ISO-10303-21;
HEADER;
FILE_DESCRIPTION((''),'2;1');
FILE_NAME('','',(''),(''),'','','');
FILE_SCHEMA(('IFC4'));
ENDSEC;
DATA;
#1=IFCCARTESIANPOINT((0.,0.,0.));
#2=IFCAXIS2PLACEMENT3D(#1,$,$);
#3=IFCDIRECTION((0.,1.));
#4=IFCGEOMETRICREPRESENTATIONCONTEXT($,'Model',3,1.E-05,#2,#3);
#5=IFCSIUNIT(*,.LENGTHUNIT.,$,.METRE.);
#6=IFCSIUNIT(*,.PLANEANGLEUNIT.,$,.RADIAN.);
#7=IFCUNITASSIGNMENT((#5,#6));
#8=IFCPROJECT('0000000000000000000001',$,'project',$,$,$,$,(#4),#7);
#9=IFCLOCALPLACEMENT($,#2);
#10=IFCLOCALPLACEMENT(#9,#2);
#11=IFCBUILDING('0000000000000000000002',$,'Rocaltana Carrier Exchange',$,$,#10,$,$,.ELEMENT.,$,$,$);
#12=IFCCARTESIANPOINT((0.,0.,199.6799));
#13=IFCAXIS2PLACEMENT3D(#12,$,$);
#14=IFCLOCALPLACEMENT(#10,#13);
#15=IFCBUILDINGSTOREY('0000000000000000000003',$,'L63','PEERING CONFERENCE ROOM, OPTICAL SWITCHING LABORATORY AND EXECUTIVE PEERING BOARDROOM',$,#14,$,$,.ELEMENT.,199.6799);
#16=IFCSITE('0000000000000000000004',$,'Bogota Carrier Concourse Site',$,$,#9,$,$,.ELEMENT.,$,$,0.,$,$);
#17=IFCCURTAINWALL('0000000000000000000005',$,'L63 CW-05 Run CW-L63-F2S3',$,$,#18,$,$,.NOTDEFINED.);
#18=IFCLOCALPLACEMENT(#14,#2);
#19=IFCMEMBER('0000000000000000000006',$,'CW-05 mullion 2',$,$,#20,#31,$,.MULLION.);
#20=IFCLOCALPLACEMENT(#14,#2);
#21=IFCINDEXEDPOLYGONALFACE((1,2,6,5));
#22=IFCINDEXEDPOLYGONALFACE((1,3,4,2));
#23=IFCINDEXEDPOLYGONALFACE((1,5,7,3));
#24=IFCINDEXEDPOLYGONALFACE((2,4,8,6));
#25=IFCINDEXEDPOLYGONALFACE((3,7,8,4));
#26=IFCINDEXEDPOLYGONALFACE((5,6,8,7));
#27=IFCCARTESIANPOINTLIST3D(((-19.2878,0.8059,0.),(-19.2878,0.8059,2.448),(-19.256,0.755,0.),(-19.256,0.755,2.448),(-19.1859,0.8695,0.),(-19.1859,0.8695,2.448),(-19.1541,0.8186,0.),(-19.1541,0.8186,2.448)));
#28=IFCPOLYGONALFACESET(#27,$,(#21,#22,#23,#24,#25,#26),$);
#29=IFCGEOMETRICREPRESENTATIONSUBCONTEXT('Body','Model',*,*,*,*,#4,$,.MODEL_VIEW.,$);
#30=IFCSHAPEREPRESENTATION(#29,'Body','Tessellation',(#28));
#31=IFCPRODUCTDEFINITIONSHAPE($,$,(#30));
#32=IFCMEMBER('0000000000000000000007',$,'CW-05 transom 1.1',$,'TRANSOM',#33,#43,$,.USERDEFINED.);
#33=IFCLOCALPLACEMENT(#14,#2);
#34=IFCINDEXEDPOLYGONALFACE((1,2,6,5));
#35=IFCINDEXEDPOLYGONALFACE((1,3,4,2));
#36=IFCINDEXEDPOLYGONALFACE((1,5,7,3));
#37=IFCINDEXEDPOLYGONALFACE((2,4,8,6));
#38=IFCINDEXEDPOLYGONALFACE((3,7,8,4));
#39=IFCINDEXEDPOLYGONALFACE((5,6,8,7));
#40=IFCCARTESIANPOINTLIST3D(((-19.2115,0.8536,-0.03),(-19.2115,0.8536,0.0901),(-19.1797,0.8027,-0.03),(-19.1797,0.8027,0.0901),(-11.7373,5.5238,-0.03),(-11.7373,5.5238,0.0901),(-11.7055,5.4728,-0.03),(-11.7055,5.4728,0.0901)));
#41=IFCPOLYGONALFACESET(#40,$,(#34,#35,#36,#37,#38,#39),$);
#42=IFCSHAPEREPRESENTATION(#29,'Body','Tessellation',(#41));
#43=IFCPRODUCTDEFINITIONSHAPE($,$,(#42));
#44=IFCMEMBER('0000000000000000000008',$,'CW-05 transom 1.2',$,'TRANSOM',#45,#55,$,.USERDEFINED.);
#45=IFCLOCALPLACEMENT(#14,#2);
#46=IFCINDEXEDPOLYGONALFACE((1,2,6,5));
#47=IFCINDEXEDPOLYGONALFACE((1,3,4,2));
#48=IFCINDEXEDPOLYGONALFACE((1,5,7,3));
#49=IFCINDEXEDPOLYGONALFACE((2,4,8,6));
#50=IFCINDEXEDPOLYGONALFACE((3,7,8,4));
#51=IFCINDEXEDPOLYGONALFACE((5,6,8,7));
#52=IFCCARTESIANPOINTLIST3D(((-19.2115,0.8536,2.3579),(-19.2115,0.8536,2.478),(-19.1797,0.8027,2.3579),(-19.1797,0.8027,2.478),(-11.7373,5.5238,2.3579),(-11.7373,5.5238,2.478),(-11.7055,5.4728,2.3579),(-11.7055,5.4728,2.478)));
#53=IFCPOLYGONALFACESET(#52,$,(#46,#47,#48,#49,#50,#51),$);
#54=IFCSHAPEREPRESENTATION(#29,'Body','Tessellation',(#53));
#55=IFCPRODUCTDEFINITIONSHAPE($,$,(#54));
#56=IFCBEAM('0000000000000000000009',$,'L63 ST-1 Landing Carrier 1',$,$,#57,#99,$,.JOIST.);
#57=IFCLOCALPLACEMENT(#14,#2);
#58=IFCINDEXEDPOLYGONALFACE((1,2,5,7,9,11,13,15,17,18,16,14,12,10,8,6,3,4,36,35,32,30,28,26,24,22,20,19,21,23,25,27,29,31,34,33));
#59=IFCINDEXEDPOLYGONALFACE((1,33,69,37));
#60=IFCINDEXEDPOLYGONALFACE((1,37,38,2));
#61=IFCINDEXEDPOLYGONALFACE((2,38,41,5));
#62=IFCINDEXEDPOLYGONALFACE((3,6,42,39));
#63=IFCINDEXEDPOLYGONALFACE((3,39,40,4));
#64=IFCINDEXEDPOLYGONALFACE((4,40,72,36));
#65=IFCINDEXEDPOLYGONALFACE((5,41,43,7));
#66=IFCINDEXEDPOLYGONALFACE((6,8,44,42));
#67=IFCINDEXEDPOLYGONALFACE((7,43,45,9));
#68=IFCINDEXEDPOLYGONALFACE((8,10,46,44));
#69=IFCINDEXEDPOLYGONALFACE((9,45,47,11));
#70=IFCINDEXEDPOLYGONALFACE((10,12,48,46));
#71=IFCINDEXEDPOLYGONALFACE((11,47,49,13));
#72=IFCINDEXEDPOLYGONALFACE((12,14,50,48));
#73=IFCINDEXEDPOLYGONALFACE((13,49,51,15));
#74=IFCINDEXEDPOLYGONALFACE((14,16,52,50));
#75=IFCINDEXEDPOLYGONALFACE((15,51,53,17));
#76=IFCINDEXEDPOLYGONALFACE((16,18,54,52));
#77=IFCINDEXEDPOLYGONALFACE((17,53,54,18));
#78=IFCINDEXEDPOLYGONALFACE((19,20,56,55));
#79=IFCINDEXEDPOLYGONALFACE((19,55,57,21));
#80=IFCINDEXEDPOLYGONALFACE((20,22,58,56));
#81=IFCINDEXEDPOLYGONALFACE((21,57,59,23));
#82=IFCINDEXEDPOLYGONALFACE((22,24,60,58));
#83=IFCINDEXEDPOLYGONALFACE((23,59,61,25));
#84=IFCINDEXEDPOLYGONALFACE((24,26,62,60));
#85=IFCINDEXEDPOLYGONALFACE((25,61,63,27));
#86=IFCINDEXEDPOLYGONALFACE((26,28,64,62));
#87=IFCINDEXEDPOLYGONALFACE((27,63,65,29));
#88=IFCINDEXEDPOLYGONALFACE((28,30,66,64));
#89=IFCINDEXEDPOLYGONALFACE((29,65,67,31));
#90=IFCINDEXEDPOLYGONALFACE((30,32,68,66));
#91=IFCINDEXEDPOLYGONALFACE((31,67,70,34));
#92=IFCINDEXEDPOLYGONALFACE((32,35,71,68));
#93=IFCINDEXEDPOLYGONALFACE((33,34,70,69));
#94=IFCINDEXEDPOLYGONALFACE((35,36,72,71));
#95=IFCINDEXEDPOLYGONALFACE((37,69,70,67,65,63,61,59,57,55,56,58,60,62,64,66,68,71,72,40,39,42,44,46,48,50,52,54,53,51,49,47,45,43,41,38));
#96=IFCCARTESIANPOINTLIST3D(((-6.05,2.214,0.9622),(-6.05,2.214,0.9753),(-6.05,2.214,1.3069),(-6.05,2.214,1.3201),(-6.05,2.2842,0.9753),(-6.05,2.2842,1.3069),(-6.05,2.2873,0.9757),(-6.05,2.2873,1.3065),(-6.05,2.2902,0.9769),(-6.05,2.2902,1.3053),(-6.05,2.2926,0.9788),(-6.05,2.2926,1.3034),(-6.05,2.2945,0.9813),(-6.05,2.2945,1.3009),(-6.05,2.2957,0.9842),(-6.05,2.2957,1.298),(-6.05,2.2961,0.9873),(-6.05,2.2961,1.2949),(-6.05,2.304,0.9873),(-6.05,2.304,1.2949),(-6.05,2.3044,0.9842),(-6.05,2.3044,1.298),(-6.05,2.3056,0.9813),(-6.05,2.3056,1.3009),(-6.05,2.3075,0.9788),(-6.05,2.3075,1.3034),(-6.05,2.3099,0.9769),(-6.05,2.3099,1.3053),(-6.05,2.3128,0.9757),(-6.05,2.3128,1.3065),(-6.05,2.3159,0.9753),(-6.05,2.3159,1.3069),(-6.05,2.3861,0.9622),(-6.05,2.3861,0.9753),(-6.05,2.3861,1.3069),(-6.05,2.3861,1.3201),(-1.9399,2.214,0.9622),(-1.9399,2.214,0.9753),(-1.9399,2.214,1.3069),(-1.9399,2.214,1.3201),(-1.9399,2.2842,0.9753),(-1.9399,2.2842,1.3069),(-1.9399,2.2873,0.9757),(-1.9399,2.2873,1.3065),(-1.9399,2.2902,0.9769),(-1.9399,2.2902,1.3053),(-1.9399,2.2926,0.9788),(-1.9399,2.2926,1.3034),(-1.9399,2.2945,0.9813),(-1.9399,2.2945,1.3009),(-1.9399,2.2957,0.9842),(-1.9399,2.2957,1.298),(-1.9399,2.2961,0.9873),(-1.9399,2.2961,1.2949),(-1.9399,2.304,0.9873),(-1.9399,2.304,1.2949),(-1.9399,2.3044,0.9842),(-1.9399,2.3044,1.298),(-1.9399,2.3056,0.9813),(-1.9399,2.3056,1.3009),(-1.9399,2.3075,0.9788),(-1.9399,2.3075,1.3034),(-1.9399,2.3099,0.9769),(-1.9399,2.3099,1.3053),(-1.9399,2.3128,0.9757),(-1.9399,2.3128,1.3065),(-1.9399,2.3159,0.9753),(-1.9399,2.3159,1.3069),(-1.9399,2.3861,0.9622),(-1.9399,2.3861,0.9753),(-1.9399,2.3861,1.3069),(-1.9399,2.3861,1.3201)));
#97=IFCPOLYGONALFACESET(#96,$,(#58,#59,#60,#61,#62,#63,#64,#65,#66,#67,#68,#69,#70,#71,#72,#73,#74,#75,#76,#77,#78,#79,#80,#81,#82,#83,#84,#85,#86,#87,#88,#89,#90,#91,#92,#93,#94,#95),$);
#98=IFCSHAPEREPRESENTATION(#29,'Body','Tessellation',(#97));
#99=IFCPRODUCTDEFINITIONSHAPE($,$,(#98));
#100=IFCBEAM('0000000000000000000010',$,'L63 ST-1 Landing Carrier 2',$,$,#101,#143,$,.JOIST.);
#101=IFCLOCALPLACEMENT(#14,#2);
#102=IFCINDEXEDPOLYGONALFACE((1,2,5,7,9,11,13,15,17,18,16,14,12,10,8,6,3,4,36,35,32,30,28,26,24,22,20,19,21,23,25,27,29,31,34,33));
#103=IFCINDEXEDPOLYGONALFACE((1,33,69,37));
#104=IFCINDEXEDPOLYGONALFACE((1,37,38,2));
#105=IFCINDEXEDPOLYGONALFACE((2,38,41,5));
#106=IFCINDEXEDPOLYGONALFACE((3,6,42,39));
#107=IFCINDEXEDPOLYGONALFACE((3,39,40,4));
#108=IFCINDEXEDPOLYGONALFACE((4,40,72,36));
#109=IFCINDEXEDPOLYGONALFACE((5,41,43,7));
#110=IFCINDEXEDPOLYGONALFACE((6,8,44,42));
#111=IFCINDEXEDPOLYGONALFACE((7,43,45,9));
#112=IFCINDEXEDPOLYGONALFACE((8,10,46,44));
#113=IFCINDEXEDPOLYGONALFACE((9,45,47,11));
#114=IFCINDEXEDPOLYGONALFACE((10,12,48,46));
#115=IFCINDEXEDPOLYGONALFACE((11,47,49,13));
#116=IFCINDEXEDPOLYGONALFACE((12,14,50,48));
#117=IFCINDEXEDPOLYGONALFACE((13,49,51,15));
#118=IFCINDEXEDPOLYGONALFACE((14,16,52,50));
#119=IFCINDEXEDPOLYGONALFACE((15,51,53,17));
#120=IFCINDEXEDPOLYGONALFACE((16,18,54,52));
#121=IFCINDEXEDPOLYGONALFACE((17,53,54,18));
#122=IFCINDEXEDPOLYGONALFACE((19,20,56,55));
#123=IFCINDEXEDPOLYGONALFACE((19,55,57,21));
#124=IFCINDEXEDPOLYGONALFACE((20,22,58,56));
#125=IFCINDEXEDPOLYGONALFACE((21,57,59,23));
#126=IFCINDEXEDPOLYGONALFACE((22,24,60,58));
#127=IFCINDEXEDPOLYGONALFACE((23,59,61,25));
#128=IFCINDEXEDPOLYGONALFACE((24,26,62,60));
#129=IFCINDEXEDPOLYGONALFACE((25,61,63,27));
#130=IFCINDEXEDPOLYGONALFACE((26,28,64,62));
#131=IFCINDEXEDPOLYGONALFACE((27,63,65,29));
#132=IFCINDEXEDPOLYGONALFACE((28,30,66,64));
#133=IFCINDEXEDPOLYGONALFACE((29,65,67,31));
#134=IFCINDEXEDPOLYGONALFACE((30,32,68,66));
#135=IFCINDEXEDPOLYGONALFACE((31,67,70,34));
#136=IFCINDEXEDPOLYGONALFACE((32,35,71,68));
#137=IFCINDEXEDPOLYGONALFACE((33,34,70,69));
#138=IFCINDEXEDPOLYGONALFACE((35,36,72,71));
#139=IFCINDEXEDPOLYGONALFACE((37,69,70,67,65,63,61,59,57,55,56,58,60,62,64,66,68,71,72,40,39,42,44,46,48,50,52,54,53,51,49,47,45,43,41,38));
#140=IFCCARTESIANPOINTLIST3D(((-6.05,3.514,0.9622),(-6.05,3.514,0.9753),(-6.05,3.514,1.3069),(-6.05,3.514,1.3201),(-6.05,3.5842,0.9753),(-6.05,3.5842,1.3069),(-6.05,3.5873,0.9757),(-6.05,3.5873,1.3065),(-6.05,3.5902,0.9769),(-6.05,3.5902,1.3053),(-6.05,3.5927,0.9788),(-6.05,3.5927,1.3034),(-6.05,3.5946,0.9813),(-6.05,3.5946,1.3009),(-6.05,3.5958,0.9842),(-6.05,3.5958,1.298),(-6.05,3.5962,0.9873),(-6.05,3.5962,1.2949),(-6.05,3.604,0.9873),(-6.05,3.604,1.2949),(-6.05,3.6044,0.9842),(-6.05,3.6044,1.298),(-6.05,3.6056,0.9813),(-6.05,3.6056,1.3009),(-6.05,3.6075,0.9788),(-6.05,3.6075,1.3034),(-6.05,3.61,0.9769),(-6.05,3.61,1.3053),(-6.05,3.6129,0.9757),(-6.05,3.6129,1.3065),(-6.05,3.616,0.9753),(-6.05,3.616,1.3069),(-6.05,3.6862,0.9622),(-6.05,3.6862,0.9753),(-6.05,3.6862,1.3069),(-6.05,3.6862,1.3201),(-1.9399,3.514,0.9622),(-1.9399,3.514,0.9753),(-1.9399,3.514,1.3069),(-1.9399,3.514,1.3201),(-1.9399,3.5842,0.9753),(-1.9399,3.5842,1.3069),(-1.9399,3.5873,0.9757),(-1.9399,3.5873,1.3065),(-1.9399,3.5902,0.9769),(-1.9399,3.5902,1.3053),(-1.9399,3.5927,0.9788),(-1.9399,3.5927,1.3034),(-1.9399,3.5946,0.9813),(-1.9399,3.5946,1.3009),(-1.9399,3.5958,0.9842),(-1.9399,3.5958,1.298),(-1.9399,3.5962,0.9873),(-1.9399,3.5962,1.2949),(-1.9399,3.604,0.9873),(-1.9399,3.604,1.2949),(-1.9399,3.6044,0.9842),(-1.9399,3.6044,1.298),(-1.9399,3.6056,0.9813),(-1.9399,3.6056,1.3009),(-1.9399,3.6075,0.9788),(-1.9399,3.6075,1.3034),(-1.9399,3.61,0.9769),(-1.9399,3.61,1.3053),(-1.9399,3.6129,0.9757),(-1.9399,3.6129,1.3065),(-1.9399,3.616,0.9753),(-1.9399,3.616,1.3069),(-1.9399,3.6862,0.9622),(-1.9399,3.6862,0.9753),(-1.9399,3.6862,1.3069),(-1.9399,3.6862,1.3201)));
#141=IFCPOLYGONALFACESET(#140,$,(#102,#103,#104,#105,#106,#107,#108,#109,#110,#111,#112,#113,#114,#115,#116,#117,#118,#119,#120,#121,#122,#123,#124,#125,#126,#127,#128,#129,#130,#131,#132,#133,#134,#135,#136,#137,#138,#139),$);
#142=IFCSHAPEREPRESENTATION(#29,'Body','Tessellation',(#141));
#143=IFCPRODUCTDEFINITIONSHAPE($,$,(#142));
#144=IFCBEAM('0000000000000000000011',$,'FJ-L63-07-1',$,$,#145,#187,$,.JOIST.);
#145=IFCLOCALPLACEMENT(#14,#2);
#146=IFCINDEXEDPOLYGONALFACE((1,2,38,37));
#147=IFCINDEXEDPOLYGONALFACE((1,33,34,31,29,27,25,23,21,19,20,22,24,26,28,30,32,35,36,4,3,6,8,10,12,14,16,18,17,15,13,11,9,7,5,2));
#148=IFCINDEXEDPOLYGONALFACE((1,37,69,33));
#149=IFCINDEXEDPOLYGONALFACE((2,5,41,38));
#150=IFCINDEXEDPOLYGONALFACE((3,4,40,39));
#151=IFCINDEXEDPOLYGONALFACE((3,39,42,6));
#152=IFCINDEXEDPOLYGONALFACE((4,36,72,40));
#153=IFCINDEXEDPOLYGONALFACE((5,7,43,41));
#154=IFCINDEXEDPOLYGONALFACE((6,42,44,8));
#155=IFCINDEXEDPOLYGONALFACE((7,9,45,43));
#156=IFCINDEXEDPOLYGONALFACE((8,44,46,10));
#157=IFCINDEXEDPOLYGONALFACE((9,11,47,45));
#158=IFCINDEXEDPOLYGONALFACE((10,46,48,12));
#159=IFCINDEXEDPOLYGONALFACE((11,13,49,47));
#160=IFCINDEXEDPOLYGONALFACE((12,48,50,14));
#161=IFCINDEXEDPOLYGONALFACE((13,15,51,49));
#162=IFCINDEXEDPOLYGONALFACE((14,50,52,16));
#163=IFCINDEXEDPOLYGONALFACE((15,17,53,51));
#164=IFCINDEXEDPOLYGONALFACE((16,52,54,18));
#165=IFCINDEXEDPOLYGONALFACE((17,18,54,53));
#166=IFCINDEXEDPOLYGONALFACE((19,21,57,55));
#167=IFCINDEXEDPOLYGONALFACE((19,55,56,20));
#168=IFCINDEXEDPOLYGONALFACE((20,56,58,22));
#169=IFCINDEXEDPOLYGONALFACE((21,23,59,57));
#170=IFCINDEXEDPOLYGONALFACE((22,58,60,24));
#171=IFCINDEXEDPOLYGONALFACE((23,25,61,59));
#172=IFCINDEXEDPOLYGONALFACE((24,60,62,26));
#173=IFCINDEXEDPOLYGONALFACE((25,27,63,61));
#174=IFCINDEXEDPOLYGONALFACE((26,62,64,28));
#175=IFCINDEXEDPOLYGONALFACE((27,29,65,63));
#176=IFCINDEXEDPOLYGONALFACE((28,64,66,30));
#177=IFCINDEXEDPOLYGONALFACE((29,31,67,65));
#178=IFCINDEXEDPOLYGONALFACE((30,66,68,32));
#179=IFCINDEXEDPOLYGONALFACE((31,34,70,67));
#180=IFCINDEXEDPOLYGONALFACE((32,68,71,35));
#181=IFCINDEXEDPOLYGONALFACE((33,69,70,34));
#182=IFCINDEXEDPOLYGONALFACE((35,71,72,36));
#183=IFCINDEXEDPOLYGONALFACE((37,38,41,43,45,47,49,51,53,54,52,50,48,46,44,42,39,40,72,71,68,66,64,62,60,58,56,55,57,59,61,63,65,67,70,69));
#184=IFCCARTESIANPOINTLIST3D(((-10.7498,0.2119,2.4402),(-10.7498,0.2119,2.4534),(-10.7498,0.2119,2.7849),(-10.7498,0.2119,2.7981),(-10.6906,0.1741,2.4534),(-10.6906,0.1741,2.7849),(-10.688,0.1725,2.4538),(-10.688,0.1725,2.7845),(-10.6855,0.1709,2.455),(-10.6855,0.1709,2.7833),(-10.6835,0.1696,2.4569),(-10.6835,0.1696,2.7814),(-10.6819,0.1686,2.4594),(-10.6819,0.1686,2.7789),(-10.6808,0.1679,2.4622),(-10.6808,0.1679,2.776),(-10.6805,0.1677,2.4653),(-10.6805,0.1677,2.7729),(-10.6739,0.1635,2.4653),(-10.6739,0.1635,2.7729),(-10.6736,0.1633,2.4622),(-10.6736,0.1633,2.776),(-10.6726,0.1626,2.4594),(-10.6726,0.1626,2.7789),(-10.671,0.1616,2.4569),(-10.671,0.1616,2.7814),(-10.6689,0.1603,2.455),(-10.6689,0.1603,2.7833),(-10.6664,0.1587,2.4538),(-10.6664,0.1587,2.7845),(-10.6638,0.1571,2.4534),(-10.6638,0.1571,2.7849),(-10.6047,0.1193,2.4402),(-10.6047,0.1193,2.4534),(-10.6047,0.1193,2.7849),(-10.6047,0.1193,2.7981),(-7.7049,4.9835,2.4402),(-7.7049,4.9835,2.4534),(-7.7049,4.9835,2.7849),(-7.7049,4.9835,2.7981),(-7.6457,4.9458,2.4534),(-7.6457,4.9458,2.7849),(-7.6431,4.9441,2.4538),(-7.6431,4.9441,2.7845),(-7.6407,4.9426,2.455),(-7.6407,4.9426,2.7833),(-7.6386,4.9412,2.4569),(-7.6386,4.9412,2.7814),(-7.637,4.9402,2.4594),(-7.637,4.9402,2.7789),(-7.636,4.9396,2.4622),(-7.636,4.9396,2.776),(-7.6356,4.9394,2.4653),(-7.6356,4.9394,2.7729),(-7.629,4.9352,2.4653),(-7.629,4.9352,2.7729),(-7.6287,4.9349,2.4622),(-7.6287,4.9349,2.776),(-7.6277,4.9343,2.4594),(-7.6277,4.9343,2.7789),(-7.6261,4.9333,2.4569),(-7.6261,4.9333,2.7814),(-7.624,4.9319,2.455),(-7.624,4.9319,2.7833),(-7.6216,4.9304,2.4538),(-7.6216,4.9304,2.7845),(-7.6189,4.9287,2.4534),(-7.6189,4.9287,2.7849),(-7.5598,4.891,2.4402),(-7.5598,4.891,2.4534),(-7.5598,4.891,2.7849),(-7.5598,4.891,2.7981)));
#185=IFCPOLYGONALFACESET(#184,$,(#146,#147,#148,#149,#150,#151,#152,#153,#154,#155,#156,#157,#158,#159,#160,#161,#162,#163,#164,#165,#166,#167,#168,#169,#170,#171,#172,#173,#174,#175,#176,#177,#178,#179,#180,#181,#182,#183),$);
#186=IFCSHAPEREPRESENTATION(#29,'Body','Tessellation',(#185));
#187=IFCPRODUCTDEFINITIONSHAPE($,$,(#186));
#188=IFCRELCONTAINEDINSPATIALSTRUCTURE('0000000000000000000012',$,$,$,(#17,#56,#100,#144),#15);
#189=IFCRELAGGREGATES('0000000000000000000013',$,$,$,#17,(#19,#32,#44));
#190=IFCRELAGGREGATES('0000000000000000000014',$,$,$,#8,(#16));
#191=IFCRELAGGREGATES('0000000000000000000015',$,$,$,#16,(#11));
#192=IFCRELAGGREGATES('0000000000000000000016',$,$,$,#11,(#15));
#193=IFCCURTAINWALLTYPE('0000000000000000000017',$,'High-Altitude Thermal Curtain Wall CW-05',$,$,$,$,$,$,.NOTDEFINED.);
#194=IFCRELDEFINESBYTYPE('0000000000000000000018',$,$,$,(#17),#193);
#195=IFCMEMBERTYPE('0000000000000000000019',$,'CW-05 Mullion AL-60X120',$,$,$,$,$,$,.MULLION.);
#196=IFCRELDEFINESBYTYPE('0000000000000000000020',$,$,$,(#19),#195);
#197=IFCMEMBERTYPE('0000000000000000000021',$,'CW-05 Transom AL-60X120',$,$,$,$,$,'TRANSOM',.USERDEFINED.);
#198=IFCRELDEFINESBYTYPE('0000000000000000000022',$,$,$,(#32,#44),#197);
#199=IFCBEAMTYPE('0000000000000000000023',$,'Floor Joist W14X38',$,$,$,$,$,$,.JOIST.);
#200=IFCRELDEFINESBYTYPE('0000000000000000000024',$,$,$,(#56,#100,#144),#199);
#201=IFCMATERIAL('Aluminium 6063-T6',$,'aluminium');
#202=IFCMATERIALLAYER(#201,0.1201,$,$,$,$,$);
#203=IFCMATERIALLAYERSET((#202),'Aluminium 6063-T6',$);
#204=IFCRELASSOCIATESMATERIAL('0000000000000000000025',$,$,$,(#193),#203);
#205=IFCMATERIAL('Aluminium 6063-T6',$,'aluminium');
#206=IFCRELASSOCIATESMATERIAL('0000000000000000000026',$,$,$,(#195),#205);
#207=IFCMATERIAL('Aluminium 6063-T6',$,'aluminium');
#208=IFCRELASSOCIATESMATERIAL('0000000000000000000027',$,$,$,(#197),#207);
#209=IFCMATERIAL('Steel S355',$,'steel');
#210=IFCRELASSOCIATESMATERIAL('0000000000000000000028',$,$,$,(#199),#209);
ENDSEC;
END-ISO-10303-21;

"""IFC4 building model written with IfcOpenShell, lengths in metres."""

from ifc_helpers import new_model, si_unit, direction, frame, origin, origin_2d, place, context, subcontext, project, spatial, rectangle, i_section, extrude, material, layer, layer_set, material_profile, profile_set, type_object, element, aggregate, save


model = new_model("IFC4")

# Units and contexts
model_context = context("Model", 3, precision=1e-05, world=origin(), true_north=direction((0.0, 1.0)))
body_context = subcontext(model_context, "Body", "Model", "MODEL_VIEW")
ifc_project = project(units=[si_unit("LENGTHUNIT", "METRE"), si_unit("PLANEANGLEUNIT", "RADIAN")], contexts=[model_context])

# Site, building, storey
site_placement = place(None, origin())
site = spatial("IfcSite", under=ifc_project, at=site_placement, Name="Bogota Carrier Concourse Site", CompositionType="ELEMENT", RefElevation=0.0)
building_placement = place(site_placement, origin())
building = spatial("IfcBuilding", under=site, at=building_placement, Name="Rocaltana Carrier Exchange", CompositionType="ELEMENT")
storey_placement = place(building_placement, frame((0.0, 0.0, 199.6799)))
storey = spatial("IfcBuildingStorey", under=building, at=storey_placement, Name="L63", Description="PEERING CONFERENCE ROOM, OPTICAL SWITCHING LABORATORY AND EXECUTIVE PEERING BOARDROOM", CompositionType="ELEMENT", Elevation=199.6799)

# Shared definitions
ifc_material_1 = material(Name="Aluminium 6063-T6", Category="aluminium")
ifc_layer_1 = layer(ifc_material_1, 0.1201)
ifc_layer_set_1 = layer_set([ifc_layer_1], Name="Aluminium 6063-T6")
curtain_wall_type = type_object("IfcCurtainWallType", Name="High-Altitude Thermal Curtain Wall CW-05", PredefinedType="NOTDEFINED", material=ifc_layer_set_1)
ifc_material_2 = material(Name="Aluminium 6063-T6", Category="aluminium")
ifc_material_profile_1 = material_profile(ifc_material_2, rectangle(XDim=0.0601, YDim=0.1201, at=origin_2d()), Name="AL-60X120")
ifc_profile_set_1 = profile_set([ifc_material_profile_1], Name="Aluminium 6063-T6")
member_type_1 = type_object("IfcMemberType", Name="CW-05 Mullion AL-60X120", PredefinedType="MULLION", material=ifc_profile_set_1)

# Curtain wall, members
curtain_wall_1_placement = place(storey_placement, origin())
curtain_wall_1 = element("IfcCurtainWall", 1, at=curtain_wall_1_placement, inside=storey, type_object=curtain_wall_type, Name="L63 CW-05 Run CW-L63-F2S3", PredefinedType="NOTDEFINED")
member_1_placement = place(storey_placement, frame((-19.2209, 0.8123, 0.0), z_axis=(0.0, 0.0, 1.0), x_axis=(0.529915, -0.84805, 0.0)))
member_1 = element("IfcMember", 2, at=member_1_placement, type_object=member_type_1, Name="CW-05 mullion 2", PredefinedType="MULLION", context=body_context, shape_type="SweptSolid", body=[
    extrude(rectangle(XDim=0.0601, YDim=0.1201, at=origin_2d()), origin(), (0.0, 0.0, 1.0), 2.448),
])
ifc_material_3 = material(Name="Aluminium 6063-T6", Category="aluminium")
ifc_material_profile_2 = material_profile(ifc_material_3, rectangle(XDim=0.0601, YDim=0.1201, at=origin_2d()), Name="AL-60X120")
ifc_profile_set_2 = profile_set([ifc_material_profile_2], Name="Aluminium 6063-T6")
member_type_2 = type_object("IfcMemberType", Name="CW-05 Transom AL-60X120", ElementType="TRANSOM", PredefinedType="USERDEFINED", material=ifc_profile_set_2)
member_2_placement = place(storey_placement, frame((-11.7214, 5.4983, 0.03), z_axis=(-0.848057, -0.529904, 0.0), x_axis=(0.529904, -0.848057, 0.0)))
member_2 = element("IfcMember", 3, at=member_2_placement, type_object=member_type_2, Name="CW-05 transom 1.1", ObjectType="TRANSOM", PredefinedType="USERDEFINED", context=body_context, shape_type="SweptSolid", body=[
    extrude(rectangle(XDim=0.0601, YDim=0.1201, at=origin_2d()), origin(), (0.0, 0.0, 1.0), 8.8132),
])
member_3_placement = place(storey_placement, frame((-11.7214, 5.4983, 2.418), z_axis=(-0.848057, -0.529904, 0.0), x_axis=(0.529904, -0.848057, 0.0)))
member_3 = element("IfcMember", 4, at=member_3_placement, type_object=member_type_2, Name="CW-05 transom 1.2", ObjectType="TRANSOM", PredefinedType="USERDEFINED", context=body_context, shape_type="SweptSolid", body=[
    extrude(rectangle(XDim=0.0601, YDim=0.1201, at=origin_2d()), origin(), (0.0, 0.0, 1.0), 8.8132),
])

# Beams
ifc_material_4 = material(Name="Steel S355", Category="steel")
ifc_material_profile_3 = material_profile(ifc_material_4, i_section(OverallWidth=0.1721, OverallDepth=0.3579, WebThickness=0.0078, FlangeThickness=0.0132, FilletRadius=0.012, at=origin_2d()), Name="W14X38")
ifc_profile_set_3 = profile_set([ifc_material_profile_3], Name="Steel S355")
beam_type_1 = type_object("IfcBeamType", Name="Floor Joist W14X38", PredefinedType="JOIST", material=ifc_profile_set_3)
for number, where, z_axis, x_axis, name in (
    (5, (-6.05, 2.3, 1.1411), (1.0, 0.0, 0.0), (0.0, 1.0, 0.0), "L63 ST-1 Landing Carrier 1"),
    (6, (-6.05, 3.6001, 1.1411), (1.0, 0.0, 0.0), (0.0, 1.0, 0.0), "L63 ST-1 Landing Carrier 2"),
):
    element("IfcBeam", number, at=place(storey_placement, frame(where, z_axis=z_axis, x_axis=x_axis)), inside=storey, type_object=beam_type_1, Name=name, PredefinedType="JOIST", context=body_context, shape_type="SweptSolid", body=[
        extrude(i_section(OverallWidth=0.1721, OverallDepth=0.3579, WebThickness=0.0078, FlangeThickness=0.0132, FilletRadius=0.012, at=origin_2d()), origin(), (0.0, 0.0, 1.0), 4.1101),
    ])
beam_1_placement = place(storey_placement, frame((-7.6323, 4.9373, 2.6191), z_axis=(-0.537927, -0.842991, 0.0), x_axis=(0.842991, -0.537927, 0.0)))
element("IfcBeam", 7, at=beam_1_placement, inside=storey, type_object=beam_type_1, Name="FJ-L63-07-1", PredefinedType="JOIST", context=body_context, shape_type="SweptSolid", body=[
    extrude(i_section(OverallWidth=0.1721, OverallDepth=0.3579, WebThickness=0.0078, FlangeThickness=0.0132, FilletRadius=0.012, at=origin_2d()), origin(), (0.0, 0.0, 1.0), 5.6604),
])

aggregate(curtain_wall_1, [member_1, member_2, member_3])

save(model, "model.ifc")
